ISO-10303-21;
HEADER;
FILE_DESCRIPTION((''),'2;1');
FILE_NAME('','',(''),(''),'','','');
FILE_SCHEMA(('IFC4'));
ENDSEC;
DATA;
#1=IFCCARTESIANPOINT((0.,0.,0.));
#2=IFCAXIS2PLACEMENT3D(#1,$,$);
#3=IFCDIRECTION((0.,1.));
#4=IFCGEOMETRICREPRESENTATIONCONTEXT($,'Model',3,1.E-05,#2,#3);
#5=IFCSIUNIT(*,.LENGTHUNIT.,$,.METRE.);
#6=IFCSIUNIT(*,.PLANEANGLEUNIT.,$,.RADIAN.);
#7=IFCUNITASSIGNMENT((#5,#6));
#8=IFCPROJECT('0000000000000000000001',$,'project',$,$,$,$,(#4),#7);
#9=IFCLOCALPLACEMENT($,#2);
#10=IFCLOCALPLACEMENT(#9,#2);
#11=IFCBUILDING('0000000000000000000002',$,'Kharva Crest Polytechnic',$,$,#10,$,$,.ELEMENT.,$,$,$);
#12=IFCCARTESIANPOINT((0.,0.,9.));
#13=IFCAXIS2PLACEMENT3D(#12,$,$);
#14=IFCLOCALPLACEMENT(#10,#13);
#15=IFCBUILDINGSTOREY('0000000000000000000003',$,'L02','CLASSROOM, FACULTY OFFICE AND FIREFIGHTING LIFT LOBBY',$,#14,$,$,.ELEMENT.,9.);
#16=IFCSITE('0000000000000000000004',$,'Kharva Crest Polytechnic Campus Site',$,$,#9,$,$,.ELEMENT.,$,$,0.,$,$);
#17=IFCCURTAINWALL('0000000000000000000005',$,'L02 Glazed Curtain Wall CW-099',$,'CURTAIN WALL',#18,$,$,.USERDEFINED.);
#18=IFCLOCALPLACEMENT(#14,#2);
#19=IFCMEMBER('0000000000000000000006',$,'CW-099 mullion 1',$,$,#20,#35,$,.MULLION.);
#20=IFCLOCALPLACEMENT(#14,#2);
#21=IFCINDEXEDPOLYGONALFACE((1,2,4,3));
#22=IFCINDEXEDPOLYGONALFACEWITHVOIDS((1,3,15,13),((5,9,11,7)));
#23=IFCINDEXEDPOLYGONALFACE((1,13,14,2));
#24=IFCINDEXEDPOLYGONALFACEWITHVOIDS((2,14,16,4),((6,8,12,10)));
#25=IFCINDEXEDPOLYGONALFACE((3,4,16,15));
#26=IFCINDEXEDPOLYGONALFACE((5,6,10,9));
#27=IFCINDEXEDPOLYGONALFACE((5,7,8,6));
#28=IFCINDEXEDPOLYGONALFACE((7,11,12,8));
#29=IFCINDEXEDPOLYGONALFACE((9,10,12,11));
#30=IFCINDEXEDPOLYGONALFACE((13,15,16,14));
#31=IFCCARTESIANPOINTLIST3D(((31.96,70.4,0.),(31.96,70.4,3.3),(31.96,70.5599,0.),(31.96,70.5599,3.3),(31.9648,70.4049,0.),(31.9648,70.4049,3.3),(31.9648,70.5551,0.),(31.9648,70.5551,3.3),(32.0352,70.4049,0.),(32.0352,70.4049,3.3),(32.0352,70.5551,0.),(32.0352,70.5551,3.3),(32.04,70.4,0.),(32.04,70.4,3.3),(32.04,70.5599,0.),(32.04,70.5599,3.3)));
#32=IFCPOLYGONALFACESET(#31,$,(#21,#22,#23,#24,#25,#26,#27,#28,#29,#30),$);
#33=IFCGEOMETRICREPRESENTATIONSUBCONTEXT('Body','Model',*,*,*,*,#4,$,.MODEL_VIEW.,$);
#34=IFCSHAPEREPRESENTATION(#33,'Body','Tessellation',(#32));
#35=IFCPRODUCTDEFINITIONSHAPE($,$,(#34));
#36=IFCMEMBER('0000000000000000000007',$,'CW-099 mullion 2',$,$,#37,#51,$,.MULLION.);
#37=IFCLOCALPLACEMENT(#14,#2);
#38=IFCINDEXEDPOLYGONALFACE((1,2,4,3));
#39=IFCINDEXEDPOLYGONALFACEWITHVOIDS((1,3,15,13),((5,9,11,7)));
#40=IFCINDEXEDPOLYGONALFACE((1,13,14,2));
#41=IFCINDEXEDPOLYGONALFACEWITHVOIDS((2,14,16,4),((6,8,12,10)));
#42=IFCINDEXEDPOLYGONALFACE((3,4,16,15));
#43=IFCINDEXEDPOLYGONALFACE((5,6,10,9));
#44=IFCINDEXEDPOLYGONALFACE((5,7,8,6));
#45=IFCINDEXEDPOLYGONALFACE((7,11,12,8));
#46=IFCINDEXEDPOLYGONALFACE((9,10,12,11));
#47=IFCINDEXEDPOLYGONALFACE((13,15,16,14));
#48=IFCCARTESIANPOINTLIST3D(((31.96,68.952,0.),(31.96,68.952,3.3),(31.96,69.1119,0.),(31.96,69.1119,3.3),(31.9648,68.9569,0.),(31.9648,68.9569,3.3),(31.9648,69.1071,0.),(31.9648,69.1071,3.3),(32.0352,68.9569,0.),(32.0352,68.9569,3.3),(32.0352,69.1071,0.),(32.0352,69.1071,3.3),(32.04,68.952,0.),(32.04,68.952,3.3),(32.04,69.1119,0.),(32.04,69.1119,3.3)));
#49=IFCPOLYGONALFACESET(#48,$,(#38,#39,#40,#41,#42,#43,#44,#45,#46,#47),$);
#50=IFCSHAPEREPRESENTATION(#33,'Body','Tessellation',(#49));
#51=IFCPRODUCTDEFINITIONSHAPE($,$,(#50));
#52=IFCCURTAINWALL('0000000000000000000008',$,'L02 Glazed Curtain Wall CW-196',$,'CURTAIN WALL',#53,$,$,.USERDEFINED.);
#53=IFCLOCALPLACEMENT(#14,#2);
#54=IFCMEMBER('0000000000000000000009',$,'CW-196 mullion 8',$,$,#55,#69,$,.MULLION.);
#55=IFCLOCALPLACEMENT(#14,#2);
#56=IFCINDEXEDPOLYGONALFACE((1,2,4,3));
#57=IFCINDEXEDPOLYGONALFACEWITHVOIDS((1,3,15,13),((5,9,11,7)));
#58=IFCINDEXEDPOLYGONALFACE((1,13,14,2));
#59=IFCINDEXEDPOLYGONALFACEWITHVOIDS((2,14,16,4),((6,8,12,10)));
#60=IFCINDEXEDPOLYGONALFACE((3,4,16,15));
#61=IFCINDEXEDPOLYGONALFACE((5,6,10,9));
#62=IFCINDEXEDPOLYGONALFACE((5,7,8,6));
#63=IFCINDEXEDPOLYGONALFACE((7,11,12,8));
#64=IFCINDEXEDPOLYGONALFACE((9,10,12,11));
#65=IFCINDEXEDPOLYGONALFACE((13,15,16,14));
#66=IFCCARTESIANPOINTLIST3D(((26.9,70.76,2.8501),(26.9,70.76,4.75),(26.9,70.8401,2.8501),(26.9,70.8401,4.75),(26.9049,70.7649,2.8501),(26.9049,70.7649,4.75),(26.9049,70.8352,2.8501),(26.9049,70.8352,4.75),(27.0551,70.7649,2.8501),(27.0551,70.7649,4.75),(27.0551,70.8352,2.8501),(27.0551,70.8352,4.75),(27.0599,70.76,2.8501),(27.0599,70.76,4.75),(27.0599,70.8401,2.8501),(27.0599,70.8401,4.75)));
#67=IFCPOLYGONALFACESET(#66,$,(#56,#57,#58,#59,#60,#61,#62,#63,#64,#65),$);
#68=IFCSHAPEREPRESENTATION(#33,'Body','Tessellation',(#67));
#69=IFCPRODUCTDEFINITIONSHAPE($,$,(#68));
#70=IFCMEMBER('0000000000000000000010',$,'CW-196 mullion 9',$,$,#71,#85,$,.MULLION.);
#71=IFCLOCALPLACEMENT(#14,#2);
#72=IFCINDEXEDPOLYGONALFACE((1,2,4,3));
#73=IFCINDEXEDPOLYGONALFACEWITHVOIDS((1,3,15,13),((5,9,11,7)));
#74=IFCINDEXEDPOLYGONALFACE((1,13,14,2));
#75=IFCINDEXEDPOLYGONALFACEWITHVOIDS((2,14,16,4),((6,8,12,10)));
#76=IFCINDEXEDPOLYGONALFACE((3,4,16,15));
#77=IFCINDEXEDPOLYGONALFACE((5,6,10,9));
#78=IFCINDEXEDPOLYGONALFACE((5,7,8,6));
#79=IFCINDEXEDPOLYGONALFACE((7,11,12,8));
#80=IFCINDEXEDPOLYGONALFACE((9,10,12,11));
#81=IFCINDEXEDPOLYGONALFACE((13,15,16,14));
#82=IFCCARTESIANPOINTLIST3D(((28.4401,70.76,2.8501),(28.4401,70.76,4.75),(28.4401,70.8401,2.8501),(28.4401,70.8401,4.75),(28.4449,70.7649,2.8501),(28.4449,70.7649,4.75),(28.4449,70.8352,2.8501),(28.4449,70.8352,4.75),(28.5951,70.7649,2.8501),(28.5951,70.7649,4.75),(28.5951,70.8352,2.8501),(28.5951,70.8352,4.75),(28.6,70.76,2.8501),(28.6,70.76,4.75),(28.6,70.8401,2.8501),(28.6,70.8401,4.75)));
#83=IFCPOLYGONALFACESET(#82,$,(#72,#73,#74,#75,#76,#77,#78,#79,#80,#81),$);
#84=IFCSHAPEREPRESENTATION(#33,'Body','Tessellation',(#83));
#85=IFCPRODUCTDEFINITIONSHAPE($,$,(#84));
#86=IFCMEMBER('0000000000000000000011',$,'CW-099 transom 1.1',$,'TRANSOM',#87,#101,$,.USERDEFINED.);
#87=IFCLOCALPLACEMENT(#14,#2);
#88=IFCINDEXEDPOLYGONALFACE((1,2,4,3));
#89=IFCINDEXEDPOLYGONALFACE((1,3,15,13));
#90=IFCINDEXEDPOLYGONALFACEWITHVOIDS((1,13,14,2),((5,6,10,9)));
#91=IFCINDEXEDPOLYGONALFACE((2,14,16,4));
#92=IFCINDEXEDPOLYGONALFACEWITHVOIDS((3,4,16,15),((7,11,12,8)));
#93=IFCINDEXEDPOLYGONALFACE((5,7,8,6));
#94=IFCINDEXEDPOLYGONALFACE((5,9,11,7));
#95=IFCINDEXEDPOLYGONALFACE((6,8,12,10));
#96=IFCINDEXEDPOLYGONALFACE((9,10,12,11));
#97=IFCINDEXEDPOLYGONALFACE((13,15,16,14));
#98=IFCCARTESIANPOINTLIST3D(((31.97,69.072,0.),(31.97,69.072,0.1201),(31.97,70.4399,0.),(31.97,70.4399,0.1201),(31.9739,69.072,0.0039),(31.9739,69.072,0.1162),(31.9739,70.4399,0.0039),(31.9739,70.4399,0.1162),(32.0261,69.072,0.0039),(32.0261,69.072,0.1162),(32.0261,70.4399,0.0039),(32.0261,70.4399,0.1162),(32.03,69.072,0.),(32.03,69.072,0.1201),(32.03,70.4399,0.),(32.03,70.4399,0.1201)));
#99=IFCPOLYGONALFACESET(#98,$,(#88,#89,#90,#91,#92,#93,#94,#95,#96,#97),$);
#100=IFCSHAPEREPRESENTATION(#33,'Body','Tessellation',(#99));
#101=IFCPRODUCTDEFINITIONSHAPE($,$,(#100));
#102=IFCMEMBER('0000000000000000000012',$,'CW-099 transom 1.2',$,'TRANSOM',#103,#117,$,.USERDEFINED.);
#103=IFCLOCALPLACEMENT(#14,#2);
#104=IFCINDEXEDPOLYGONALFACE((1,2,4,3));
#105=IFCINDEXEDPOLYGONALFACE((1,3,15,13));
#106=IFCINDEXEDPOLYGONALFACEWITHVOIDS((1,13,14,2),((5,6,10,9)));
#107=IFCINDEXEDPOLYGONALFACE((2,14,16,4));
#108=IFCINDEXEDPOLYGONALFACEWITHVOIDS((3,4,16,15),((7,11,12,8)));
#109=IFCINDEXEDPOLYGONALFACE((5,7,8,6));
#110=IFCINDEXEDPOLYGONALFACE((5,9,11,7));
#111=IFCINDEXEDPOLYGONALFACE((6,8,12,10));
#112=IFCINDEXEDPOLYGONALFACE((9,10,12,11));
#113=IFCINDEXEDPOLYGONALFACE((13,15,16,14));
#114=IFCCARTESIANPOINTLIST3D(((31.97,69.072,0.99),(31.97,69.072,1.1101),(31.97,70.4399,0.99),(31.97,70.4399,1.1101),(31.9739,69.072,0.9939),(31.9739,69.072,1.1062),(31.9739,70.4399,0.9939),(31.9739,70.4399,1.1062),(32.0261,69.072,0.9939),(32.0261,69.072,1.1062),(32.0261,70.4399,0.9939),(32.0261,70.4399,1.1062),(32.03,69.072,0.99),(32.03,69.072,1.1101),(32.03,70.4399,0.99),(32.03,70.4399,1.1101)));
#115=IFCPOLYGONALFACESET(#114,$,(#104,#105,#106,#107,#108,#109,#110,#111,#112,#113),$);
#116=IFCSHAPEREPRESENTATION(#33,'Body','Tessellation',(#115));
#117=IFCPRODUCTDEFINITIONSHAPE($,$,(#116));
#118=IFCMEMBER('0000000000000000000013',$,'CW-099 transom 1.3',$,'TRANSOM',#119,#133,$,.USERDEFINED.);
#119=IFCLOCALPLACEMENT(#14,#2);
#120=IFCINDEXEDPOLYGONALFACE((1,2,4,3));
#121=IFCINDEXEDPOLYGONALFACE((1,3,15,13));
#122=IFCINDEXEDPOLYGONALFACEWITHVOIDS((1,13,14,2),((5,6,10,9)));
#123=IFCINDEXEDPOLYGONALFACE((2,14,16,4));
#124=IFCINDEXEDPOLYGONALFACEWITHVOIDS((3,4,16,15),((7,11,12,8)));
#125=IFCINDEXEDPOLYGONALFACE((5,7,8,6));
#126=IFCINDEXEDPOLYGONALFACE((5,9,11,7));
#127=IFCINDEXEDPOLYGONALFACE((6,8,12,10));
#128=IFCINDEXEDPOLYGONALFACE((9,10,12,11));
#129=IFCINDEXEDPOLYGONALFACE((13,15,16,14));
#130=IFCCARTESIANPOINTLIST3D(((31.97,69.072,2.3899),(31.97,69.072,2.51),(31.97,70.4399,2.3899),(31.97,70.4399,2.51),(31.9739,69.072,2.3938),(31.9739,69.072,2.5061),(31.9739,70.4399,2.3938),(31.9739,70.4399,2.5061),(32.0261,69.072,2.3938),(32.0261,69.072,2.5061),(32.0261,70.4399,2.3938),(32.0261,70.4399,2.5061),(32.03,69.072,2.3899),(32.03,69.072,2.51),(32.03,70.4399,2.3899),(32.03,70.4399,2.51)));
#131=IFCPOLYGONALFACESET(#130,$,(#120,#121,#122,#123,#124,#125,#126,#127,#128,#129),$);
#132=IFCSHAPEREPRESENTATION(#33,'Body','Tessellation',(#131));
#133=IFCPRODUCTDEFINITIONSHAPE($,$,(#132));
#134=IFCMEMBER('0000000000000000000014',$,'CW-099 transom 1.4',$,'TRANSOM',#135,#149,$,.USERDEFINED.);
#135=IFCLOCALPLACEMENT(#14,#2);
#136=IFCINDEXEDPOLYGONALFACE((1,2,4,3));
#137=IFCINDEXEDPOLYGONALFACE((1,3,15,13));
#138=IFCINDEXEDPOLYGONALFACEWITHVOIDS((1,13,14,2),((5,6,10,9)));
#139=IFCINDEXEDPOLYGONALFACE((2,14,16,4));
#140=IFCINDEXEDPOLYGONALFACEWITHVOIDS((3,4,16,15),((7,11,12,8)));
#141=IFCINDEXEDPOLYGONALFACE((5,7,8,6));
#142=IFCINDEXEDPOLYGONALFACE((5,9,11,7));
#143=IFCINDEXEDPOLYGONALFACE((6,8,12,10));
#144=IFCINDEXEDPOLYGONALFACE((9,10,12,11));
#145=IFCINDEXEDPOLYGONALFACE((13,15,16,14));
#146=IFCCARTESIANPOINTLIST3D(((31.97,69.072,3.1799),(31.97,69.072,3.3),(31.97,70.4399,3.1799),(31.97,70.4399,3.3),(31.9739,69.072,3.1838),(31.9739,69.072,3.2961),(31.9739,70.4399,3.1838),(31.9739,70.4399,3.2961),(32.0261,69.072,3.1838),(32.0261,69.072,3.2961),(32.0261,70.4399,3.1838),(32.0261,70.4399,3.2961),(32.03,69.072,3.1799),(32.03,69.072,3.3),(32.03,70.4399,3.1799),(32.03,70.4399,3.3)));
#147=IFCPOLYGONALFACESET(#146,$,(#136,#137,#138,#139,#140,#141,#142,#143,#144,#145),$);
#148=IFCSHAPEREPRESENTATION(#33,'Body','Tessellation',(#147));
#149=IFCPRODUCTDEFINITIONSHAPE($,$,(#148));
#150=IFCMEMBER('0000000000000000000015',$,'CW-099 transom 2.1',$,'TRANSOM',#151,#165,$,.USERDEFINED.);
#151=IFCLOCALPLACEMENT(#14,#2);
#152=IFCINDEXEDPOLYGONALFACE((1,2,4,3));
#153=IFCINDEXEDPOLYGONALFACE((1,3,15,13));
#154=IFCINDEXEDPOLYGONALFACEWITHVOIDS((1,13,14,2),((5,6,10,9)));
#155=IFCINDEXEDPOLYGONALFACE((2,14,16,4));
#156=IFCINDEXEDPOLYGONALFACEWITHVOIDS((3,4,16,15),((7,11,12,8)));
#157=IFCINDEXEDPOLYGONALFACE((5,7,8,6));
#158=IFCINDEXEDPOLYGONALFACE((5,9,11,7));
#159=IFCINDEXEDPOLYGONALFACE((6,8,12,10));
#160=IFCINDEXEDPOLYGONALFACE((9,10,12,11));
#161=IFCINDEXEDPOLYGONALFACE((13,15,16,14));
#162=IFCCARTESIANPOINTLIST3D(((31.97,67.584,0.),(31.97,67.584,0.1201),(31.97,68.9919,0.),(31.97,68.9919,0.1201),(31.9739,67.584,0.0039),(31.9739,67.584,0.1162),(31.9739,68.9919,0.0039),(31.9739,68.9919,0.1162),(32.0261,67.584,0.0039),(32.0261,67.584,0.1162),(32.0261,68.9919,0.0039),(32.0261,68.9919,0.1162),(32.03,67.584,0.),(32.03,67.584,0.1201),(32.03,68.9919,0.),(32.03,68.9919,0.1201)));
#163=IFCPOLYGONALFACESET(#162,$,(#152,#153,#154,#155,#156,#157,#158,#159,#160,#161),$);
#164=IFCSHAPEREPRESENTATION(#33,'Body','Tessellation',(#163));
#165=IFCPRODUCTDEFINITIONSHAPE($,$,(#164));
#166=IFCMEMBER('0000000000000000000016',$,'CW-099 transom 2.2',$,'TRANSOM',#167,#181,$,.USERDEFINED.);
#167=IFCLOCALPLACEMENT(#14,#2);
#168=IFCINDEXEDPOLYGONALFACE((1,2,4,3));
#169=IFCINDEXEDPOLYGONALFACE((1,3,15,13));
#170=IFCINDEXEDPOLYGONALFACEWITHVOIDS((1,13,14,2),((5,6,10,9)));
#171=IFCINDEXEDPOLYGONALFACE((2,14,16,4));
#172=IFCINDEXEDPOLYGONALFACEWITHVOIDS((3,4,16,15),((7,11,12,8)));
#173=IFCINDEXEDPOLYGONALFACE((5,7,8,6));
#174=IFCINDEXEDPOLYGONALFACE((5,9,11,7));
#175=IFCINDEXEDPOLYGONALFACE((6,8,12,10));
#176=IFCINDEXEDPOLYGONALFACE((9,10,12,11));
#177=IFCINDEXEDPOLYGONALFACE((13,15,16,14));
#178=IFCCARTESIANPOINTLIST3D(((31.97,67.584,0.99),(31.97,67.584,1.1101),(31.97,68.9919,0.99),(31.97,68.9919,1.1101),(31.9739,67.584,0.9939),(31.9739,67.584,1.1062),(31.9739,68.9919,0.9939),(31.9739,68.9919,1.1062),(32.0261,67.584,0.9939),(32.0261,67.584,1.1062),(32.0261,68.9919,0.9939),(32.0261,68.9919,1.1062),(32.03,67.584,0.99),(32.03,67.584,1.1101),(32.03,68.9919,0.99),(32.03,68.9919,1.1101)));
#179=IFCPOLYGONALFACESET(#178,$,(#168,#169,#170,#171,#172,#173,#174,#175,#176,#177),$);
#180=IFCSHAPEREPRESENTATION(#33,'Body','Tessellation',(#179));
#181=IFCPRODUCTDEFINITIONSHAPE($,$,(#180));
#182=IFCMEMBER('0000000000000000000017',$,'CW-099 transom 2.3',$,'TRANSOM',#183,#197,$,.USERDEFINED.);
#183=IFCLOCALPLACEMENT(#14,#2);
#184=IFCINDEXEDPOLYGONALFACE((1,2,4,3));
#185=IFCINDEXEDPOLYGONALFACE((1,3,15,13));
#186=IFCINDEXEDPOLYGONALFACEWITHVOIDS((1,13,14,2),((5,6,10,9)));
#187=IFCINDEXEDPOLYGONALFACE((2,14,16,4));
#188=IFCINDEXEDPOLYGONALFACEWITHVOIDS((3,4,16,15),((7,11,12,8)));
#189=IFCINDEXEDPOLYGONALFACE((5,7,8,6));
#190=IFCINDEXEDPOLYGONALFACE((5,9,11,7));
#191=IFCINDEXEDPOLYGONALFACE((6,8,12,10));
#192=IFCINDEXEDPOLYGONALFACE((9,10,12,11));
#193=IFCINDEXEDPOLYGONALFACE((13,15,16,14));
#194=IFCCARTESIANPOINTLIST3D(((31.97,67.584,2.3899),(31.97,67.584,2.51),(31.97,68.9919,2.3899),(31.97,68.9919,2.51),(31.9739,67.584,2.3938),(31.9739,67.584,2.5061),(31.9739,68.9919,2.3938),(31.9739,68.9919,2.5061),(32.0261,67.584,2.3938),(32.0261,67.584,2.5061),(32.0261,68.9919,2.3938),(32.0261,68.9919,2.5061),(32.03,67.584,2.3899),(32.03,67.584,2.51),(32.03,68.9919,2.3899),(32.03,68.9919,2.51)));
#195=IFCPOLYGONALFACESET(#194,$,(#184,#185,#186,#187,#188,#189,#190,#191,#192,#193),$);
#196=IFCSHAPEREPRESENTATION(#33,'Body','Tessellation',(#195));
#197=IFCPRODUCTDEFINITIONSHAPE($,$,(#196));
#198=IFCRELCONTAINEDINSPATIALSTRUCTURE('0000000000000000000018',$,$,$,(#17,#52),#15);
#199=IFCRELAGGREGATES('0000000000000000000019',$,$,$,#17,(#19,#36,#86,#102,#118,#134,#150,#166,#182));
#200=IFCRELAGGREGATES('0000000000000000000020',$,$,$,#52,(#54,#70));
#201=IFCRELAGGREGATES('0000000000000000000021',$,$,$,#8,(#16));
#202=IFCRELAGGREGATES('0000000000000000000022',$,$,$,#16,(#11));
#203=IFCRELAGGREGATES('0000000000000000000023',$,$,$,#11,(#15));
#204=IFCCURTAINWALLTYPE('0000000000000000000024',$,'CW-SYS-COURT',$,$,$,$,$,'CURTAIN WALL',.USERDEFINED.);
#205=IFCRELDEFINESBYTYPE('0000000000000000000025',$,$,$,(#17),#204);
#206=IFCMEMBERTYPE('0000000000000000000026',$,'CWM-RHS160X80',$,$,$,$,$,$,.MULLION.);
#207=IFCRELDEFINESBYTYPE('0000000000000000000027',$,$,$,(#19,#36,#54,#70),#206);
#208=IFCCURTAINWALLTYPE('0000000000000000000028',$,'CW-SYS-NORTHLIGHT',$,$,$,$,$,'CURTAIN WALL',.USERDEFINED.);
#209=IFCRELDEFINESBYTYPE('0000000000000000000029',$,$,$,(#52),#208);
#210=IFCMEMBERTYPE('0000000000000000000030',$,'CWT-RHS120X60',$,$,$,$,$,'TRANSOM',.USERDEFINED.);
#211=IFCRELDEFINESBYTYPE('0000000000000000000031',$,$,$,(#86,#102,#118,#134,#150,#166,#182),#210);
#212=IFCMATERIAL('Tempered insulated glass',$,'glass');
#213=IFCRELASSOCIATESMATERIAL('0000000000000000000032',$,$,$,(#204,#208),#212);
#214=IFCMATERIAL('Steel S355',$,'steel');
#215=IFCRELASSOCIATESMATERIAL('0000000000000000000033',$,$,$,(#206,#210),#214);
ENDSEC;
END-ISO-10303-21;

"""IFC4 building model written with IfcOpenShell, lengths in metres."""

from ifc_helpers import new_model, si_unit, direction, frame, origin, origin_2d, place, context, subcontext, project, spatial, hollow_rectangle, extrude, material, material_profile, profile_set, type_object, element, aggregate, save


model = new_model("IFC4")

# Units and contexts
model_context = context("Model", 3, precision=1e-05, world=origin(), true_north=direction((0.0, 1.0)))
body_context = subcontext(model_context, "Body", "Model", "MODEL_VIEW")
ifc_project = project(units=[si_unit("LENGTHUNIT", "METRE"), si_unit("PLANEANGLEUNIT", "RADIAN")], contexts=[model_context])

# Site, building, storey
site_placement = place(None, origin())
site = spatial("IfcSite", under=ifc_project, at=site_placement, Name="Kharva Crest Polytechnic Campus Site", CompositionType="ELEMENT", RefElevation=0.0)
building_placement = place(site_placement, origin())
building = spatial("IfcBuilding", under=site, at=building_placement, Name="Kharva Crest Polytechnic", CompositionType="ELEMENT")
storey_placement = place(building_placement, frame((0.0, 0.0, 9.0)))
storey = spatial("IfcBuildingStorey", under=building, at=storey_placement, Name="L02", Description="CLASSROOM, FACULTY OFFICE AND FIREFIGHTING LIFT LOBBY", CompositionType="ELEMENT", Elevation=9.0)

# Curtain walls, members
ifc_material_1 = material(Name="Tempered insulated glass", Category="glass")
curtain_wall_type_1 = type_object("IfcCurtainWallType", Name="CW-SYS-COURT", ElementType="CURTAIN WALL", PredefinedType="USERDEFINED", material=ifc_material_1)
curtain_wall_1_placement = place(storey_placement, origin())
curtain_wall_1 = element("IfcCurtainWall", 1, at=curtain_wall_1_placement, inside=storey, type_object=curtain_wall_type_1, Name="L02 Glazed Curtain Wall CW-099", ObjectType="CURTAIN WALL", PredefinedType="USERDEFINED")
ifc_material_2 = material(Name="Steel S355", Category="steel")
ifc_material_profile_1 = material_profile(ifc_material_2, hollow_rectangle(XDim=0.0801, YDim=0.1599, WallThickness=0.0049, at=origin_2d()), Name="RHS 160X80X5.0")
ifc_profile_set_1 = profile_set([ifc_material_profile_1], Name="Steel S355")
member_type_1 = type_object("IfcMemberType", Name="CWM-RHS160X80", PredefinedType="MULLION", material=ifc_profile_set_1)
member_1_placement = place(storey_placement, frame((32.0, 70.48, 0.0), z_axis=(0.0, 0.0, 1.0), x_axis=(1.0, 0.0, 0.0)))
member_1 = element("IfcMember", 2, at=member_1_placement, type_object=member_type_1, Name="CW-099 mullion 1", PredefinedType="MULLION", context=body_context, shape_type="SweptSolid", body=[
    extrude(hollow_rectangle(XDim=0.0801, YDim=0.1599, WallThickness=0.0049, at=origin_2d()), origin(), (0.0, 0.0, 1.0), 3.3),
])
member_2_placement = place(storey_placement, frame((32.0, 69.032, 0.0), z_axis=(0.0, 0.0, 1.0), x_axis=(1.0, 0.0, 0.0)))
member_2 = element("IfcMember", 3, at=member_2_placement, type_object=member_type_1, Name="CW-099 mullion 2", PredefinedType="MULLION", context=body_context, shape_type="SweptSolid", body=[
    extrude(hollow_rectangle(XDim=0.0801, YDim=0.1599, WallThickness=0.0049, at=origin_2d()), origin(), (0.0, 0.0, 1.0), 3.3),
])
curtain_wall_type_2 = type_object("IfcCurtainWallType", Name="CW-SYS-NORTHLIGHT", ElementType="CURTAIN WALL", PredefinedType="USERDEFINED", material=ifc_material_1)
curtain_wall_2_placement = place(storey_placement, origin())
curtain_wall_2 = element("IfcCurtainWall", 4, at=curtain_wall_2_placement, inside=storey, type_object=curtain_wall_type_2, Name="L02 Glazed Curtain Wall CW-196", ObjectType="CURTAIN WALL", PredefinedType="USERDEFINED")
member_3_placement = place(storey_placement, frame((26.98, 70.8, 2.8501), z_axis=(0.0, 0.0, 1.0), x_axis=(0.0, 1.0, 0.0)))
member_3 = element("IfcMember", 5, at=member_3_placement, type_object=member_type_1, Name="CW-196 mullion 8", PredefinedType="MULLION", context=body_context, shape_type="SweptSolid", body=[
    extrude(hollow_rectangle(XDim=0.0801, YDim=0.1599, WallThickness=0.0049, at=origin_2d()), origin(), (0.0, 0.0, 1.0), 1.8999),
])
member_4_placement = place(storey_placement, frame((28.52, 70.8, 2.8501), z_axis=(0.0, 0.0, 1.0), x_axis=(0.0, 1.0, 0.0)))
member_4 = element("IfcMember", 6, at=member_4_placement, type_object=member_type_1, Name="CW-196 mullion 9", PredefinedType="MULLION", context=body_context, shape_type="SweptSolid", body=[
    extrude(hollow_rectangle(XDim=0.0801, YDim=0.1599, WallThickness=0.0049, at=origin_2d()), origin(), (0.0, 0.0, 1.0), 1.8999),
])

# Members
ifc_material_profile_2 = material_profile(ifc_material_2, hollow_rectangle(XDim=0.0601, YDim=0.1201, WallThickness=0.0039, at=origin_2d()), Name="RHS 120X60X4.0")
ifc_profile_set_2 = profile_set([ifc_material_profile_2], Name="Steel S355")
member_type_2 = type_object("IfcMemberType", Name="CWT-RHS120X60", ElementType="TRANSOM", PredefinedType="USERDEFINED", material=ifc_profile_set_2)
member_5_placement = place(storey_placement, frame((32.0, 70.4399, 0.0601), z_axis=(0.0, -1.0, 0.0), x_axis=(1.0, 0.0, 0.0)))
member_5 = element("IfcMember", 7, at=member_5_placement, type_object=member_type_2, Name="CW-099 transom 1.1", ObjectType="TRANSOM", PredefinedType="USERDEFINED", context=body_context, shape_type="SweptSolid", body=[
    extrude(hollow_rectangle(XDim=0.0601, YDim=0.1201, WallThickness=0.0039, at=origin_2d()), origin(), (0.0, 0.0, 1.0), 1.3679),
])
member_6_placement = place(storey_placement, frame((32.0, 70.4399, 1.05), z_axis=(0.0, -1.0, 0.0), x_axis=(1.0, 0.0, 0.0)))
member_6 = element("IfcMember", 8, at=member_6_placement, type_object=member_type_2, Name="CW-099 transom 1.2", ObjectType="TRANSOM", PredefinedType="USERDEFINED", context=body_context, shape_type="SweptSolid", body=[
    extrude(hollow_rectangle(XDim=0.0601, YDim=0.1201, WallThickness=0.0039, at=origin_2d()), origin(), (0.0, 0.0, 1.0), 1.3679),
])
member_7_placement = place(storey_placement, frame((32.0, 70.4399, 2.45), z_axis=(0.0, -1.0, 0.0), x_axis=(1.0, 0.0, 0.0)))
member_7 = element("IfcMember", 9, at=member_7_placement, type_object=member_type_2, Name="CW-099 transom 1.3", ObjectType="TRANSOM", PredefinedType="USERDEFINED", context=body_context, shape_type="SweptSolid", body=[
    extrude(hollow_rectangle(XDim=0.0601, YDim=0.1201, WallThickness=0.0039, at=origin_2d()), origin(), (0.0, 0.0, 1.0), 1.3679),
])
member_8_placement = place(storey_placement, frame((32.0, 70.4399, 3.24), z_axis=(0.0, -1.0, 0.0), x_axis=(1.0, 0.0, 0.0)))
member_8 = element("IfcMember", 10, at=member_8_placement, type_object=member_type_2, Name="CW-099 transom 1.4", ObjectType="TRANSOM", PredefinedType="USERDEFINED", context=body_context, shape_type="SweptSolid", body=[
    extrude(hollow_rectangle(XDim=0.0601, YDim=0.1201, WallThickness=0.0039, at=origin_2d()), origin(), (0.0, 0.0, 1.0), 1.3679),
])
member_9_placement = place(storey_placement, frame((32.0, 68.9919, 0.0601), z_axis=(0.0, -1.0, 0.0), x_axis=(1.0, 0.0, 0.0)))
member_9 = element("IfcMember", 11, at=member_9_placement, type_object=member_type_2, Name="CW-099 transom 2.1", ObjectType="TRANSOM", PredefinedType="USERDEFINED", context=body_context, shape_type="SweptSolid", body=[
    extrude(hollow_rectangle(XDim=0.0601, YDim=0.1201, WallThickness=0.0039, at=origin_2d()), origin(), (0.0, 0.0, 1.0), 1.408),
])
member_10_placement = place(storey_placement, frame((32.0, 68.9919, 1.05), z_axis=(0.0, -1.0, 0.0), x_axis=(1.0, 0.0, 0.0)))
member_10 = element("IfcMember", 12, at=member_10_placement, type_object=member_type_2, Name="CW-099 transom 2.2", ObjectType="TRANSOM", PredefinedType="USERDEFINED", context=body_context, shape_type="SweptSolid", body=[
    extrude(hollow_rectangle(XDim=0.0601, YDim=0.1201, WallThickness=0.0039, at=origin_2d()), origin(), (0.0, 0.0, 1.0), 1.408),
])
member_11_placement = place(storey_placement, frame((32.0, 68.9919, 2.45), z_axis=(0.0, -1.0, 0.0), x_axis=(1.0, 0.0, 0.0)))
member_11 = element("IfcMember", 13, at=member_11_placement, type_object=member_type_2, Name="CW-099 transom 2.3", ObjectType="TRANSOM", PredefinedType="USERDEFINED", context=body_context, shape_type="SweptSolid", body=[
    extrude(hollow_rectangle(XDim=0.0601, YDim=0.1201, WallThickness=0.0039, at=origin_2d()), origin(), (0.0, 0.0, 1.0), 1.408),
])

aggregate(curtain_wall_1, [member_1, member_2, member_5, member_6, member_7, member_8, member_9, member_10, member_11])
aggregate(curtain_wall_2, [member_3, member_4])

save(model, "model.ifc")
